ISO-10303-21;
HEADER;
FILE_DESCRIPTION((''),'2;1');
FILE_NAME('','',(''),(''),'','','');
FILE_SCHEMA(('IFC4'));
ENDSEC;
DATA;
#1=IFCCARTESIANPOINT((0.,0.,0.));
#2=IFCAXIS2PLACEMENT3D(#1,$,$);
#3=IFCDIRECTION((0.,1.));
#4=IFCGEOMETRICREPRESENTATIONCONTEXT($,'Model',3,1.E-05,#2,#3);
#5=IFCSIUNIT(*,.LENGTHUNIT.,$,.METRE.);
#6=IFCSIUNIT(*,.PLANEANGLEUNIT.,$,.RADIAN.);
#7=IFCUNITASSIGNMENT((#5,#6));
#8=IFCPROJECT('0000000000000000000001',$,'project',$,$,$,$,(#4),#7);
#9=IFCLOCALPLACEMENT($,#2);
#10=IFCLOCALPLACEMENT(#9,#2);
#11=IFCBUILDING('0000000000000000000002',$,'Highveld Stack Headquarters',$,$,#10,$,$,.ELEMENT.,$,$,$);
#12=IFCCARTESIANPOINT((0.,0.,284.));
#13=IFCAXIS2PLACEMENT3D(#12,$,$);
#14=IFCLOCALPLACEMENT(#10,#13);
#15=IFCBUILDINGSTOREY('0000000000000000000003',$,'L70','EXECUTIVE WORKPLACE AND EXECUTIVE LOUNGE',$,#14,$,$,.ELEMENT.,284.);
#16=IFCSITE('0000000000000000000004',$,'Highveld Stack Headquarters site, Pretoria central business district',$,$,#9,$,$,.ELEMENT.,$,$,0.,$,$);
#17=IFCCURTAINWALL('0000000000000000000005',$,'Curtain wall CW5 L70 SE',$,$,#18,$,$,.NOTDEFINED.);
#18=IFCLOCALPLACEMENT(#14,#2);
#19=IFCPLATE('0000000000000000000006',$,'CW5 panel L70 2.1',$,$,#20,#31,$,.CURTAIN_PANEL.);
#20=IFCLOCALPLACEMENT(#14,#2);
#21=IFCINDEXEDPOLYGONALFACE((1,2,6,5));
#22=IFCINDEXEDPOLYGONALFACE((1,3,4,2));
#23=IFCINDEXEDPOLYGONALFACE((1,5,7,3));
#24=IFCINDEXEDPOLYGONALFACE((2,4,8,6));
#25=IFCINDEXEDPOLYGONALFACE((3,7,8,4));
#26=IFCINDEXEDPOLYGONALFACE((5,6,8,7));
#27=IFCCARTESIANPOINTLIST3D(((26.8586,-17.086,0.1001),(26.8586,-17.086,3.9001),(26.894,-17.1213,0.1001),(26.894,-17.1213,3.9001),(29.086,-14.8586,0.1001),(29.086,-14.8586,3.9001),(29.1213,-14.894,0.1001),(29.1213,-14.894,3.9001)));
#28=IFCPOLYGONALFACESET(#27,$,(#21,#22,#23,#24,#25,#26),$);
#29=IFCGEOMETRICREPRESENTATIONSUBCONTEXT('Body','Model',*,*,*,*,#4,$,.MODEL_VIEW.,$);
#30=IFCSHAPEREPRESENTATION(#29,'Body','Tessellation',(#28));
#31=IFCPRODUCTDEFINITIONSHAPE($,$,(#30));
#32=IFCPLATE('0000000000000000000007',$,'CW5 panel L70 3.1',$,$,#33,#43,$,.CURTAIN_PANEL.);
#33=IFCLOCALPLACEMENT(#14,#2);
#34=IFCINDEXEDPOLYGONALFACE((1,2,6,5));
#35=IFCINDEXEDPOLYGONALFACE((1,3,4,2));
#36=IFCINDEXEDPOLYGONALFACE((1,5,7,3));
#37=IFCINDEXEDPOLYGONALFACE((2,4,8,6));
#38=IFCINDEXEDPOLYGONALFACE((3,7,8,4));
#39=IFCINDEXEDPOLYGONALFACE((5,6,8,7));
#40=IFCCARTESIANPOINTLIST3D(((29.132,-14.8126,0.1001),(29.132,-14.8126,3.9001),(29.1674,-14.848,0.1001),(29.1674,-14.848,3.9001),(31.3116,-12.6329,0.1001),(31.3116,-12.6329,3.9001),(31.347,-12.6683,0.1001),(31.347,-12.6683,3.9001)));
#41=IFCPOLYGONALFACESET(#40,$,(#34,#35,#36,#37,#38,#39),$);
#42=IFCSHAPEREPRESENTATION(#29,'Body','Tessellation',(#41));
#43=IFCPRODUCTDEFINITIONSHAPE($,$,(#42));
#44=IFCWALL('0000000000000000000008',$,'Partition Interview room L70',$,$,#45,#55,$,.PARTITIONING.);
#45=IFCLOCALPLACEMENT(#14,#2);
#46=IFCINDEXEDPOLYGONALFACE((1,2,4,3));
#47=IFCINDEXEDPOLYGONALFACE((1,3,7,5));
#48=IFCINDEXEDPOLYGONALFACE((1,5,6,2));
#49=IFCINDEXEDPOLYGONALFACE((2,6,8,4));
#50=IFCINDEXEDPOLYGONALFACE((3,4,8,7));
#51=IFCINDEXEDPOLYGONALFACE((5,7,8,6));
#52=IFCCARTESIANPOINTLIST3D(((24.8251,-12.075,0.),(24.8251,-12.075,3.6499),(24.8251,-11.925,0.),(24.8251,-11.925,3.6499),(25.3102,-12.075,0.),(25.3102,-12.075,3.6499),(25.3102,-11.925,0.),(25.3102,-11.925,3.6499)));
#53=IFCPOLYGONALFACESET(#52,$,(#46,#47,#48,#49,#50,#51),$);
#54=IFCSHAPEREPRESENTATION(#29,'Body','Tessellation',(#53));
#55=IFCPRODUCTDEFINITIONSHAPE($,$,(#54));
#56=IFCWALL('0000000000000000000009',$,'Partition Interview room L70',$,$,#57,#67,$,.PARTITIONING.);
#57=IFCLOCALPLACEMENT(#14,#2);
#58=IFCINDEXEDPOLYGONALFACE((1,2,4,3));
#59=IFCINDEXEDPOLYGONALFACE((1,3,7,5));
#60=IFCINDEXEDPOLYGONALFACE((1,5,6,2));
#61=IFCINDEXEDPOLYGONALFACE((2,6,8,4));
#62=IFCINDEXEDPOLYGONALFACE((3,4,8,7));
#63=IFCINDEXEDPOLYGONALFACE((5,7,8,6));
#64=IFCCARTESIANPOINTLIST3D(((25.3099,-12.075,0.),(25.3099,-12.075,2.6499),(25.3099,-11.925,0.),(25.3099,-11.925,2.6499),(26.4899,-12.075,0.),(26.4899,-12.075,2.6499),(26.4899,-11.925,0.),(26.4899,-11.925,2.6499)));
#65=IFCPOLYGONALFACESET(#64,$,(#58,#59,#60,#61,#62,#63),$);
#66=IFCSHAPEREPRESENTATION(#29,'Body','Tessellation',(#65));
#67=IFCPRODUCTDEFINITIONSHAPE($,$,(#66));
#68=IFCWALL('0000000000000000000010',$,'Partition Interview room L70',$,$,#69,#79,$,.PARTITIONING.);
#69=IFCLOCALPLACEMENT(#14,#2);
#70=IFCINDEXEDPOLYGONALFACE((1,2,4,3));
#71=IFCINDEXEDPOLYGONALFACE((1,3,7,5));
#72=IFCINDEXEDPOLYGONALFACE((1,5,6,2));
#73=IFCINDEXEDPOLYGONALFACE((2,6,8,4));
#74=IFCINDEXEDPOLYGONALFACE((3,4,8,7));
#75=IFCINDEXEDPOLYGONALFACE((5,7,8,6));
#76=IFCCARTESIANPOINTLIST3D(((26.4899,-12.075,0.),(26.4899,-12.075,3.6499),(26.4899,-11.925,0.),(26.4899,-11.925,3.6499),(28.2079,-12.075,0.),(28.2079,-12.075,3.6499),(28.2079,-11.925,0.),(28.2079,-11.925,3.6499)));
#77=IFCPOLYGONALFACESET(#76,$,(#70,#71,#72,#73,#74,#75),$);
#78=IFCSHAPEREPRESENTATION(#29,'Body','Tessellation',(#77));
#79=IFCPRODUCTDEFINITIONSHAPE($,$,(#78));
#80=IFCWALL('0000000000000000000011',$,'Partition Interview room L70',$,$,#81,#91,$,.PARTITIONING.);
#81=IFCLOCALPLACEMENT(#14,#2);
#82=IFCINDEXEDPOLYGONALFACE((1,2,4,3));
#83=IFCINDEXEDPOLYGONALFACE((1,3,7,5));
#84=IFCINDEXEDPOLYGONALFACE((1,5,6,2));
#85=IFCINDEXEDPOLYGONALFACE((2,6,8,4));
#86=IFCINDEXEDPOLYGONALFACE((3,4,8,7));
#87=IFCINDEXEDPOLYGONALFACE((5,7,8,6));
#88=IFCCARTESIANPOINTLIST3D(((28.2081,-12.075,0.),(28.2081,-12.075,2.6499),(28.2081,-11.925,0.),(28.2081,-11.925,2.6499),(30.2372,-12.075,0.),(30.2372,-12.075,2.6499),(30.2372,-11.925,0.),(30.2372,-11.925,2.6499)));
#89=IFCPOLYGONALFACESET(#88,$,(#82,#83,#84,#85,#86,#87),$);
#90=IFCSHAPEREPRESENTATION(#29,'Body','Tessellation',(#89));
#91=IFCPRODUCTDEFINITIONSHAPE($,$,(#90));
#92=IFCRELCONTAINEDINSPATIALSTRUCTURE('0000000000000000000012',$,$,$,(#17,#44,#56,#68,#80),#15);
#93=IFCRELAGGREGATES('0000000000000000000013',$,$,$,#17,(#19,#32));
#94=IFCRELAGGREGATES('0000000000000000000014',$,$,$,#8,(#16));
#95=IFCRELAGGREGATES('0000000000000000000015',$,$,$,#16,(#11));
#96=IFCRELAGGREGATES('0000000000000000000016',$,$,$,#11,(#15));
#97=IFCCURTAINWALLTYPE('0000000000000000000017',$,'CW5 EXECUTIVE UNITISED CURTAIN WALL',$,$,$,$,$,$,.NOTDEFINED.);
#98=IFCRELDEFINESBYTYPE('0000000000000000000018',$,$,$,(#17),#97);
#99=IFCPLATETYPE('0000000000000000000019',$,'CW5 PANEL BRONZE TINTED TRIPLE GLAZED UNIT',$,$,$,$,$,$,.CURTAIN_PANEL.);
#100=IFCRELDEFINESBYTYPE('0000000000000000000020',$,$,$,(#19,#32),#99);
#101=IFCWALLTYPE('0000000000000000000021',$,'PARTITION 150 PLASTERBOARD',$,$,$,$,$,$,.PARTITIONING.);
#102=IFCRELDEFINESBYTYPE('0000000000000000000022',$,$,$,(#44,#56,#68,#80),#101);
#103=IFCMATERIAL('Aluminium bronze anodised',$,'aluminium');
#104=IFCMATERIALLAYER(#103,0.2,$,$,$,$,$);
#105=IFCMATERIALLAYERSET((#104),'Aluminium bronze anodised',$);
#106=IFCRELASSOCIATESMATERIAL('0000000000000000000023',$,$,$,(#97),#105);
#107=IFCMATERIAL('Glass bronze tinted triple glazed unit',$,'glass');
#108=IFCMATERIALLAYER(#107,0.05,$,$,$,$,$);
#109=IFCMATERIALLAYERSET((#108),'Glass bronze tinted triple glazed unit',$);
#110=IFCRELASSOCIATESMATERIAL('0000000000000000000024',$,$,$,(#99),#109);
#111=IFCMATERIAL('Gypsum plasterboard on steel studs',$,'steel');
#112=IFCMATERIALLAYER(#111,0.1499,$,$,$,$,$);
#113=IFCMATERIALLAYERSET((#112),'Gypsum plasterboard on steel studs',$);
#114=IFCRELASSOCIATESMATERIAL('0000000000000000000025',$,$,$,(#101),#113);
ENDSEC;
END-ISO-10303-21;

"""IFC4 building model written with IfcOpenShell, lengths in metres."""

from ifc_helpers import new_model, si_unit, direction, frame, frame_2d, origin, origin_2d, place, context, subcontext, project, spatial, rectangle, extrude, material, layer, layer_set, type_object, element, aggregate, save


model = new_model("IFC4")

# Units and contexts
model_context = context("Model", 3, precision=1e-05, world=origin(), true_north=direction((0.0, 1.0)))
body_context = subcontext(model_context, "Body", "Model", "MODEL_VIEW")
ifc_project = project(units=[si_unit("LENGTHUNIT", "METRE"), si_unit("PLANEANGLEUNIT", "RADIAN")], contexts=[model_context])

# Site, building, storey
site_placement = place(None, origin())
site = spatial("IfcSite", under=ifc_project, at=site_placement, Name="Highveld Stack Headquarters site, Pretoria central business district", CompositionType="ELEMENT", RefElevation=0.0)
building_placement = place(site_placement, origin())
building = spatial("IfcBuilding", under=site, at=building_placement, Name="Highveld Stack Headquarters", CompositionType="ELEMENT")
storey_placement = place(building_placement, frame((0.0, 0.0, 284.0)))
storey = spatial("IfcBuildingStorey", under=building, at=storey_placement, Name="L70", Description="EXECUTIVE WORKPLACE AND EXECUTIVE LOUNGE", CompositionType="ELEMENT", Elevation=284.0)

# Shared definitions
ifc_material_1 = material(Name="Aluminium bronze anodised", Category="aluminium")
ifc_layer_1 = layer(ifc_material_1, 0.2)
ifc_layer_set_1 = layer_set([ifc_layer_1], Name="Aluminium bronze anodised")
curtain_wall_type = type_object("IfcCurtainWallType", Name="CW5 EXECUTIVE UNITISED CURTAIN WALL", PredefinedType="NOTDEFINED", material=ifc_layer_set_1)

# Curtain wall
curtain_wall_1_placement = place(storey_placement, origin())
curtain_wall_1 = element("IfcCurtainWall", 1, at=curtain_wall_1_placement, inside=storey, type_object=curtain_wall_type, Name="Curtain wall CW5 L70 SE", PredefinedType="NOTDEFINED")

# Plates
ifc_material_2 = material(Name="Glass bronze tinted triple glazed unit", Category="glass")
ifc_layer_2 = layer(ifc_material_2, 0.05)
ifc_layer_set_2 = layer_set([ifc_layer_2], Name="Glass bronze tinted triple glazed unit")
plate_type = type_object("IfcPlateType", Name="CW5 PANEL BRONZE TINTED TRIPLE GLAZED UNIT", PredefinedType="CURTAIN_PANEL", material=ifc_layer_set_2)
plate_1_placement = place(storey_placement, frame((27.99, -15.99, 0.1001), z_axis=(0.0, 0.0, 1.0), x_axis=(0.707107, 0.707107, 0.0)))
plate_1 = element("IfcPlate", 2, at=plate_1_placement, type_object=plate_type, Name="CW5 panel L70 2.1", PredefinedType="CURTAIN_PANEL", context=body_context, shape_type="SweptSolid", body=[
    extrude(rectangle(XDim=3.1499, YDim=0.05, at=origin_2d()), origin(), (0.0, 0.0, 1.0), 3.8),
])
plate_2_placement = place(storey_placement, frame((30.2395, -13.7405, 0.1001), z_axis=(0.0, 0.0, 1.0), x_axis=(0.707107, 0.707107, 0.0)))
plate_2 = element("IfcPlate", 3, at=plate_2_placement, type_object=plate_type, Name="CW5 panel L70 3.1", PredefinedType="CURTAIN_PANEL", context=body_context, shape_type="SweptSolid", body=[
    extrude(rectangle(XDim=3.0825, YDim=0.05, at=origin_2d()), origin(), (0.0, 0.0, 1.0), 3.8),
])
aggregate(curtain_wall_1, [plate_1, plate_2])

# Walls
ifc_material_3 = material(Name="Gypsum plasterboard on steel studs", Category="steel")
ifc_layer_3 = layer(ifc_material_3, 0.1499)
ifc_layer_set_3 = layer_set([ifc_layer_3], Name="Gypsum plasterboard on steel studs")
wall_type = type_object("IfcWallType", Name="PARTITION 150 PLASTERBOARD", PredefinedType="PARTITIONING", material=ifc_layer_set_3)
wall_1_placement = place(storey_placement, frame((24.825, -12.0, 0.0), z_axis=(0.0, 0.0, 1.0), x_axis=(1.0, 0.0, 0.0)))
element("IfcWall", 4, at=wall_1_placement, inside=storey, type_object=wall_type, Name="Partition Interview room L70", PredefinedType="PARTITIONING", context=body_context, shape_type="SweptSolid", body=[
    extrude(rectangle(XDim=0.4851, YDim=0.1499, at=frame_2d((0.2427, 0.0))), origin(), (0.0, 0.0, 1.0), 3.6499),
])
wall_2_placement = place(storey_placement, frame((25.3101, -12.0, 0.0), z_axis=(0.0, 0.0, 1.0), x_axis=(1.0, 0.0, 0.0)))
element("IfcWall", 5, at=wall_2_placement, inside=storey, type_object=wall_type, Name="Partition Interview room L70", PredefinedType="PARTITIONING", context=body_context, shape_type="SweptSolid", body=[
    extrude(rectangle(XDim=1.1799, YDim=0.1499, at=frame_2d((0.5898, 0.0))), origin(), (0.0, 0.0, 1.0), 2.6499),
])
wall_3_placement = place(storey_placement, frame((26.49, -12.0, 0.0), z_axis=(0.0, 0.0, 1.0), x_axis=(1.0, 0.0, 0.0)))
element("IfcWall", 6, at=wall_3_placement, inside=storey, type_object=wall_type, Name="Partition Interview room L70", PredefinedType="PARTITIONING", context=body_context, shape_type="SweptSolid", body=[
    extrude(rectangle(XDim=1.718, YDim=0.1499, at=frame_2d((0.8589, 0.0))), origin(), (0.0, 0.0, 1.0), 3.6499),
])
wall_4_placement = place(storey_placement, frame((28.208, -12.0, 0.0), z_axis=(0.0, 0.0, 1.0), x_axis=(1.0, 0.0, 0.0)))
element("IfcWall", 7, at=wall_4_placement, inside=storey, type_object=wall_type, Name="Partition Interview room L70", PredefinedType="PARTITIONING", context=body_context, shape_type="SweptSolid", body=[
    extrude(rectangle(XDim=2.0291, YDim=0.1499, at=frame_2d((1.0146, 0.0))), origin(), (0.0, 0.0, 1.0), 2.6499),
])

save(model, "model.ifc")
